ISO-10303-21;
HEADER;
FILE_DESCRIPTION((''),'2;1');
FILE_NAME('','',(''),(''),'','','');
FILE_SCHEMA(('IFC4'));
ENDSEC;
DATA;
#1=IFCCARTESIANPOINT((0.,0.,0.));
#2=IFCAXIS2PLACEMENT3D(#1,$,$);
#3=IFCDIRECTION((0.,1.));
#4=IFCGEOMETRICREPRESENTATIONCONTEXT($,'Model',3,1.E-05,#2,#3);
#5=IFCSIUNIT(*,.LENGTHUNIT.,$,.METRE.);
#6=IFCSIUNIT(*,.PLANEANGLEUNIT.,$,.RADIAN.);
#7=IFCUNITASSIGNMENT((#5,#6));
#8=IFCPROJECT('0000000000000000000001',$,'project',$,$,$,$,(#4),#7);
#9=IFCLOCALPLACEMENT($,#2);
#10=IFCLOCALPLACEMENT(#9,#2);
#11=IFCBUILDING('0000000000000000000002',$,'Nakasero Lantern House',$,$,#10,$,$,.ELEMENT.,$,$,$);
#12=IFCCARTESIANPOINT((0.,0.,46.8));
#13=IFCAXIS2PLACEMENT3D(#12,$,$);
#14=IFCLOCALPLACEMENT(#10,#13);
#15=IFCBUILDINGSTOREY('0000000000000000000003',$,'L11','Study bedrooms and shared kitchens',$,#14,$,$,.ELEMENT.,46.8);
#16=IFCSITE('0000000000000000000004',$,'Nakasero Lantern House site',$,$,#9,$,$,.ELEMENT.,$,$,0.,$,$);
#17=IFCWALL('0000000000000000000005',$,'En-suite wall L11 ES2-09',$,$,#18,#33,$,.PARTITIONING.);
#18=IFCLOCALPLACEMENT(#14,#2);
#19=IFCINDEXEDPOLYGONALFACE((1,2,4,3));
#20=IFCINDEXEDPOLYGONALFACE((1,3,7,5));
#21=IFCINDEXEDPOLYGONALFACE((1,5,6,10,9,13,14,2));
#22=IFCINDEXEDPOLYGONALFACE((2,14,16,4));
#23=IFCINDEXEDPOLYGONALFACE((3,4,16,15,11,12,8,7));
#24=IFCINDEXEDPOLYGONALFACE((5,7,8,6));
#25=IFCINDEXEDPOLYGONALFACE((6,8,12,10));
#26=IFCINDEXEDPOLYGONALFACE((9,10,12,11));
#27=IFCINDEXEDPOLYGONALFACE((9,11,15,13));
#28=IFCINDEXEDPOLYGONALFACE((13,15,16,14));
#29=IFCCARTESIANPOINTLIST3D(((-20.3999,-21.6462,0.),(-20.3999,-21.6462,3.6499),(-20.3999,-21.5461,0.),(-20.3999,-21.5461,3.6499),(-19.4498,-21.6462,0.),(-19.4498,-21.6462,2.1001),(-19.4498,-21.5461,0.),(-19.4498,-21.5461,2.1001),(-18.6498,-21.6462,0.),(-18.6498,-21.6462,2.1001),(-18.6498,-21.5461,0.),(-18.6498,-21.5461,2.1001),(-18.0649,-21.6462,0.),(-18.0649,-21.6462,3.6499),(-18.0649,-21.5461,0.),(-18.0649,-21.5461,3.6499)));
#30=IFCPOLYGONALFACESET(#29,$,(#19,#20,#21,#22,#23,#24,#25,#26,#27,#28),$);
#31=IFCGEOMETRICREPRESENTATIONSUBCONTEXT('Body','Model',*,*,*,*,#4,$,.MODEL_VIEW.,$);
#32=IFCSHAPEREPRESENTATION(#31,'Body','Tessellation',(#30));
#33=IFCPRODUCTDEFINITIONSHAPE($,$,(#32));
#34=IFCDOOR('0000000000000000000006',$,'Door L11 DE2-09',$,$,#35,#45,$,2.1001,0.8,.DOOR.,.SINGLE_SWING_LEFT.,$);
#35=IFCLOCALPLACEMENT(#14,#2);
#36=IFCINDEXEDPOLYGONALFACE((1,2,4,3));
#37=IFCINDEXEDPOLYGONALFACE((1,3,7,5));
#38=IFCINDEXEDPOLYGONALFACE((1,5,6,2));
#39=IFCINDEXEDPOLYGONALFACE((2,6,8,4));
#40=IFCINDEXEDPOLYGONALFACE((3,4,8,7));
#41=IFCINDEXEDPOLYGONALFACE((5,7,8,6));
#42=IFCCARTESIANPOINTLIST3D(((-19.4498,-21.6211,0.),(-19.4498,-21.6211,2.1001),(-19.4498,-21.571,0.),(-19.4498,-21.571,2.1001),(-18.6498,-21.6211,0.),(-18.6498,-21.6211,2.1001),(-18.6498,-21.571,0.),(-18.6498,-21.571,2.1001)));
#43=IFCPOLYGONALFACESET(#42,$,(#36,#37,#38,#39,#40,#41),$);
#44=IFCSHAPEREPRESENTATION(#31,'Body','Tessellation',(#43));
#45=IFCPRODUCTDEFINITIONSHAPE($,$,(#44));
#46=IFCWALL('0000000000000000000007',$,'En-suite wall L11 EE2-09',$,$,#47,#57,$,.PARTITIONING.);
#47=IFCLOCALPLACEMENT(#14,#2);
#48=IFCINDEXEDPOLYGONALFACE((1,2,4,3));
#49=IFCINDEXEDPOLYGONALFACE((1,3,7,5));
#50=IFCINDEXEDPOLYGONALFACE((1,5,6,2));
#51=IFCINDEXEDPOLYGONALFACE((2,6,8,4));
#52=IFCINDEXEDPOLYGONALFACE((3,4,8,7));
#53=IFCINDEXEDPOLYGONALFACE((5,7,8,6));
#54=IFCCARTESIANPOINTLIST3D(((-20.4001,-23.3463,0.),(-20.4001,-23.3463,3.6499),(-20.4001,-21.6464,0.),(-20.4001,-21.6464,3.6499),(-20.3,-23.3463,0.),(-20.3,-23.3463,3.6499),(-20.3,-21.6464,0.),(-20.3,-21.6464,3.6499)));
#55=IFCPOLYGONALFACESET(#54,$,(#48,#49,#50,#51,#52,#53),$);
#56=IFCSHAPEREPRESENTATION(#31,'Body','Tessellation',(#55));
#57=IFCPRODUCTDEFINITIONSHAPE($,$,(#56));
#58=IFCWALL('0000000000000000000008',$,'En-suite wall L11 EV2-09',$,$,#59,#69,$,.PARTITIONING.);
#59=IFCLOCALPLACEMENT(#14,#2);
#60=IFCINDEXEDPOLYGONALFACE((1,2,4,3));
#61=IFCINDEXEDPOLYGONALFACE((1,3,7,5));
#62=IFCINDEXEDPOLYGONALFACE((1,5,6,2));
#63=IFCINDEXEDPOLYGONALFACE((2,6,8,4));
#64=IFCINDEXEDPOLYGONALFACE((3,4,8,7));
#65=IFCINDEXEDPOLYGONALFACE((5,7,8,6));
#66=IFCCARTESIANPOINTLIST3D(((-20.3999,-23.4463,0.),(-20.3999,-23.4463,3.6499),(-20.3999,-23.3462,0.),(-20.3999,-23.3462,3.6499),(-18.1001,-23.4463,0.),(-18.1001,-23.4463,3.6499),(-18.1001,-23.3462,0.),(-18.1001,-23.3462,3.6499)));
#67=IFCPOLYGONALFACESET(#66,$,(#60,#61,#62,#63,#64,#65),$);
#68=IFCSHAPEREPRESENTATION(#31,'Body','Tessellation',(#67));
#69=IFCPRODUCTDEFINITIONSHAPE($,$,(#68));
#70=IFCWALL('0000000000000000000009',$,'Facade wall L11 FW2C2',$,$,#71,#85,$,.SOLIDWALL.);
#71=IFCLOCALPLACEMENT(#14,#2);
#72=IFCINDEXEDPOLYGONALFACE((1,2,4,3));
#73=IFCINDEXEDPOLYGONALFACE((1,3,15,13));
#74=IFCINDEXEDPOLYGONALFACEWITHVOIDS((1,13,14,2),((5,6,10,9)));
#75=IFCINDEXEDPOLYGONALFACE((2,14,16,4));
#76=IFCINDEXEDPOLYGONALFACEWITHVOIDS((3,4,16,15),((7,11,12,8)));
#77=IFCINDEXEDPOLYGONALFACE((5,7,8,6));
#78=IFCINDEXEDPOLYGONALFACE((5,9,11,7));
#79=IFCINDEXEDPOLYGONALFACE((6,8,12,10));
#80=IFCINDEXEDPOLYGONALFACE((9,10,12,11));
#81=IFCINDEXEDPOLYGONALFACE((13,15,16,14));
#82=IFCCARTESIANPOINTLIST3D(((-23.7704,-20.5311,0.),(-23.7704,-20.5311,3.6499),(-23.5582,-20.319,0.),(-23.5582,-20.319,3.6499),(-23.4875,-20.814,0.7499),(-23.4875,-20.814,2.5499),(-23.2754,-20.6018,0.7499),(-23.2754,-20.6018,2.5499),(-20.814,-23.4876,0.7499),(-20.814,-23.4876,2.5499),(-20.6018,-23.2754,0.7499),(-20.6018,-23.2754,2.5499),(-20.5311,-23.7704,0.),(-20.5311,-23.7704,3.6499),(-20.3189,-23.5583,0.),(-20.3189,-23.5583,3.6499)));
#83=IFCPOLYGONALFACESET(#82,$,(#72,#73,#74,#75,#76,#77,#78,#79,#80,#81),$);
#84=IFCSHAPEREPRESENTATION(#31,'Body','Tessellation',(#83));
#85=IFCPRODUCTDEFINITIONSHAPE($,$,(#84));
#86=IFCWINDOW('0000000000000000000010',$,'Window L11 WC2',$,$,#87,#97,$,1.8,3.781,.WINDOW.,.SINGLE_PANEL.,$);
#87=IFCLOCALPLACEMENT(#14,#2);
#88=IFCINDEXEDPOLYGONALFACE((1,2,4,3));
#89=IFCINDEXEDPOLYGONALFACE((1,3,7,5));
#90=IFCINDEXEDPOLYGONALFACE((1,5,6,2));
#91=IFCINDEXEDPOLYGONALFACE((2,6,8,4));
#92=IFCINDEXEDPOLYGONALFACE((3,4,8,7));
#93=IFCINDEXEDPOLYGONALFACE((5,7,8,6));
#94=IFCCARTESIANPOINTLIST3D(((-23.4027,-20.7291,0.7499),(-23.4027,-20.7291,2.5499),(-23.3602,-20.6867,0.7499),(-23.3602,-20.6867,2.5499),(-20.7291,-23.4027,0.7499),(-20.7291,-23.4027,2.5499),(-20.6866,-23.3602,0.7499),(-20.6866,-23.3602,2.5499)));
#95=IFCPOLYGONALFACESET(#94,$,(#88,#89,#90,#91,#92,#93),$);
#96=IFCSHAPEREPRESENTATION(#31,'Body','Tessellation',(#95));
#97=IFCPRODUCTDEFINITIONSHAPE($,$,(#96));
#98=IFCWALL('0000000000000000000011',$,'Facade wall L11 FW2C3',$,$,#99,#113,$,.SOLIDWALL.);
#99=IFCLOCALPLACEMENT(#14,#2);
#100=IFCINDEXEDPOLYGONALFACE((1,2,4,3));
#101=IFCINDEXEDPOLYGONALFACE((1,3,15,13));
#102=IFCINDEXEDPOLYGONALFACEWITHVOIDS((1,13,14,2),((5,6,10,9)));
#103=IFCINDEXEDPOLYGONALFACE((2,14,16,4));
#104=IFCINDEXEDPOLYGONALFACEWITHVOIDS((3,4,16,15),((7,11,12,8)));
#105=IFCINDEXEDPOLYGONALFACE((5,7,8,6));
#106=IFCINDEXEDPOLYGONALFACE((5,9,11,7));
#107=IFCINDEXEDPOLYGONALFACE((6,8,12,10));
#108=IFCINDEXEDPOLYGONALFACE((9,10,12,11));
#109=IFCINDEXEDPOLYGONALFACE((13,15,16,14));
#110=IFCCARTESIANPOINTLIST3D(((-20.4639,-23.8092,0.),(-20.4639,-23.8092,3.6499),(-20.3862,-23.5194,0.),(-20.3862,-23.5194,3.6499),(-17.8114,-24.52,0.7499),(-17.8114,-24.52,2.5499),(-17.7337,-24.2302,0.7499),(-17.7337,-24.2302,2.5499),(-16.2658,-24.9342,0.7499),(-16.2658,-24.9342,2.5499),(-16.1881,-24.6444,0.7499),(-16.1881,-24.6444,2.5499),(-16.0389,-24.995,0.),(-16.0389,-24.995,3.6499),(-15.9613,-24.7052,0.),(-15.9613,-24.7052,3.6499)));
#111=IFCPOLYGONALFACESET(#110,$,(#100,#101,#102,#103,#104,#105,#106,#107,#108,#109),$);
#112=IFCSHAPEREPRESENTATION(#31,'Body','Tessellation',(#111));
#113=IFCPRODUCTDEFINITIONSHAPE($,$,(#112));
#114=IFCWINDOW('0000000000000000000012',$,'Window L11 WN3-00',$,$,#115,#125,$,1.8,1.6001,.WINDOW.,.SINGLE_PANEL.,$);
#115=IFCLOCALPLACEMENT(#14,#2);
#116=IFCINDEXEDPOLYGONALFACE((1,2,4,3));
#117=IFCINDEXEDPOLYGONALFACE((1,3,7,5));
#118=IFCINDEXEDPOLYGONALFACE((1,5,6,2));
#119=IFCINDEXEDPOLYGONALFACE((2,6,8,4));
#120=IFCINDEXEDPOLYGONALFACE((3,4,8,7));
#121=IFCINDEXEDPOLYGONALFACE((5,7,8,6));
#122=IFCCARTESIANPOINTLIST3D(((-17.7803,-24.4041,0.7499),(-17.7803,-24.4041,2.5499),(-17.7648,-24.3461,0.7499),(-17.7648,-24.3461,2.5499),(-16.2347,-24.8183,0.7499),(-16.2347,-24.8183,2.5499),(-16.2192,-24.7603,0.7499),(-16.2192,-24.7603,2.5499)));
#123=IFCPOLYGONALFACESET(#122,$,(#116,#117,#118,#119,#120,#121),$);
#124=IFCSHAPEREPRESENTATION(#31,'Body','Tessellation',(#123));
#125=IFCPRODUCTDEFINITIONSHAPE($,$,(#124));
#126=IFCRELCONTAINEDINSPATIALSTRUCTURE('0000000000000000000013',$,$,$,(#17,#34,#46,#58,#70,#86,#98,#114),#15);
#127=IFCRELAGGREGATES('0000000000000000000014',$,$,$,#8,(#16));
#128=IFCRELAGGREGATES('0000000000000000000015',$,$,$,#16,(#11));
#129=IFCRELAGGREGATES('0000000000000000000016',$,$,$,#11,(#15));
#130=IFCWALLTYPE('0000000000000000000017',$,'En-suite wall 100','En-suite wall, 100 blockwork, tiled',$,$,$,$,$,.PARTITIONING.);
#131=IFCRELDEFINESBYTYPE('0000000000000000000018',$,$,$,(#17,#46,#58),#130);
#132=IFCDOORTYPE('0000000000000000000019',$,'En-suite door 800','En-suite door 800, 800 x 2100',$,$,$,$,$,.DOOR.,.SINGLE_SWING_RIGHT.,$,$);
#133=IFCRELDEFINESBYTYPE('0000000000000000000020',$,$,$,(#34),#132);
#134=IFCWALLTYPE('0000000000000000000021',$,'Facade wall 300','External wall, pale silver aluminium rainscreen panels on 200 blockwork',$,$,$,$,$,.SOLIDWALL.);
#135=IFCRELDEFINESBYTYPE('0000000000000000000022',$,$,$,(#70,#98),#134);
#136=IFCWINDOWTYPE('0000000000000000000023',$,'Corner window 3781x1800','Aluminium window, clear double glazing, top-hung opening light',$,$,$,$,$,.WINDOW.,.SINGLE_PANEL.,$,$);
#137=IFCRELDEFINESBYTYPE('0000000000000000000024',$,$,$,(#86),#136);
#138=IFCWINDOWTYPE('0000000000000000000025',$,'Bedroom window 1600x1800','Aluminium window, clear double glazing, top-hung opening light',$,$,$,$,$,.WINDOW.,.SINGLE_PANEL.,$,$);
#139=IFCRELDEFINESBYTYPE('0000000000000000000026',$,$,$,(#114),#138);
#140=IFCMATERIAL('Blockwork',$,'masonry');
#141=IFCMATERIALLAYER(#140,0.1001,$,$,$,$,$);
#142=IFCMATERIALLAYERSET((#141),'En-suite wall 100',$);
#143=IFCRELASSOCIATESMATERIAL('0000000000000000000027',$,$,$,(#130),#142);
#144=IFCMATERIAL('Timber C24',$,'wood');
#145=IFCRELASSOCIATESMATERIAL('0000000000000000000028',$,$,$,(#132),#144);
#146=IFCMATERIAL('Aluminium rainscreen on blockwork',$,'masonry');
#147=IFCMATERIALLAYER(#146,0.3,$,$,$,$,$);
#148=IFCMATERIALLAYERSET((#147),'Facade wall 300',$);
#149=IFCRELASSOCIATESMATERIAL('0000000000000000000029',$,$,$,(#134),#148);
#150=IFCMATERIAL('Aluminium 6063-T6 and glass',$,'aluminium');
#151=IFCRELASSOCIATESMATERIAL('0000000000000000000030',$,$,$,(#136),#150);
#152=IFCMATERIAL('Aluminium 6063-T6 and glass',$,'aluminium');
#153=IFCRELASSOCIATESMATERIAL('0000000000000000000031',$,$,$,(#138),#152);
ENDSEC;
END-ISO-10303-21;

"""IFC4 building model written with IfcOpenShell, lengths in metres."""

from ifc_helpers import new_model, si_unit, direction, frame, frame_2d, origin, place, context, subcontext, project, spatial, rectangle, extrude, material, layer, layer_set, type_object, element, fill, save


model = new_model("IFC4")

# Units and contexts
model_context = context("Model", 3, precision=1e-05, world=origin(), true_north=direction((0.0, 1.0)))
body_context = subcontext(model_context, "Body", "Model", "MODEL_VIEW")
ifc_project = project(units=[si_unit("LENGTHUNIT", "METRE"), si_unit("PLANEANGLEUNIT", "RADIAN")], contexts=[model_context])

# Site, building, storey
site_placement = place(None, origin())
site = spatial("IfcSite", under=ifc_project, at=site_placement, Name="Nakasero Lantern House site", CompositionType="ELEMENT", RefElevation=0.0)
building_placement = place(site_placement, origin())
building = spatial("IfcBuilding", under=site, at=building_placement, Name="Nakasero Lantern House", CompositionType="ELEMENT")
storey_placement = place(building_placement, frame((0.0, 0.0, 46.8)))
storey = spatial("IfcBuildingStorey", under=building, at=storey_placement, Name="L11", Description="Study bedrooms and shared kitchens", CompositionType="ELEMENT", Elevation=46.8)

# Wall, opening, door
ifc_material_1 = material(Name="Blockwork", Category="masonry")
ifc_layer_1 = layer(ifc_material_1, 0.1001)
ifc_layer_set_1 = layer_set([ifc_layer_1], Name="En-suite wall 100")
wall_type_1 = type_object("IfcWallType", Name="En-suite wall 100", Description="En-suite wall, 100 blockwork, tiled", PredefinedType="PARTITIONING", material=ifc_layer_set_1)
wall_1_placement = place(storey_placement, frame((-18.0649, -21.5962, 0.0), z_axis=(0.0, 0.0, 1.0), x_axis=(-1.0, 0.0, 0.0)))
wall_1 = element("IfcWall", 1, at=wall_1_placement, inside=storey, type_object=wall_type_1, Name="En-suite wall L11 ES2-09", PredefinedType="PARTITIONING", context=body_context, shape_type="SweptSolid", body=[
    extrude(rectangle(XDim=2.335, YDim=0.1001, at=frame_2d((1.1675, 0.0))), origin(), (0.0, 0.0, 1.0), 3.6499),
])
opening_1_placement = place(wall_1_placement, frame((0.585, 0.0, 0.0)))
opening_1 = element("IfcOpeningElement", 2, at=opening_1_placement, cuts=wall_1, PredefinedType="OPENING", context=body_context, shape_type="SweptSolid", body=[
    extrude(rectangle(XDim=0.8, YDim=2.1001, at=frame_2d((0.3999, 1.05))), frame((0.0, 0.0701, 0.0), z_axis=(0.0, -1.0, 0.0), x_axis=(1.0, 0.0, 0.0)), (0.0, 0.0, 1.0), 0.1401),
])
ifc_material_2 = material(Name="Timber C24", Category="wood")
door_type_1 = type_object("IfcDoorType", Name="En-suite door 800", Description="En-suite door 800, 800 x 2100", OperationType="SINGLE_SWING_RIGHT", PredefinedType="DOOR", material=ifc_material_2)
door_1_placement = place(opening_1_placement, origin())
door_1 = element("IfcDoor", 3, at=door_1_placement, inside=storey, type_object=door_type_1, Name="Door L11 DE2-09", OperationType="SINGLE_SWING_LEFT", OverallHeight=2.1001, OverallWidth=0.8, PredefinedType="DOOR", context=body_context, shape_type="SweptSolid", body=[
    extrude(rectangle(XDim=0.8, YDim=2.1001, at=frame_2d((0.3999, 1.05))), frame((0.0, 0.0249, 0.0), z_axis=(0.0, -1.0, 0.0), x_axis=(1.0, 0.0, 0.0)), (0.0, 0.0, 1.0), 0.05),
])
fill(opening_1, door_1)

# Walls
wall_2_placement = place(storey_placement, frame((-20.3501, -21.6462, 0.0), z_axis=(0.0, 0.0, 1.0), x_axis=(0.0, -1.0, 0.0)))
element("IfcWall", 4, at=wall_2_placement, inside=storey, type_object=wall_type_1, Name="En-suite wall L11 EE2-09", PredefinedType="PARTITIONING", context=body_context, shape_type="SweptSolid", body=[
    extrude(rectangle(XDim=1.7, YDim=0.1001, at=frame_2d((0.8501, 0.0))), origin(), (0.0, 0.0, 1.0), 3.6499),
])
wall_3_placement = place(storey_placement, frame((-18.1001, -23.3962, 0.0), z_axis=(0.0, 0.0, 1.0), x_axis=(-1.0, 0.0, 0.0)))
element("IfcWall", 5, at=wall_3_placement, inside=storey, type_object=wall_type_1, Name="En-suite wall L11 EV2-09", PredefinedType="PARTITIONING", context=body_context, shape_type="SweptSolid", body=[
    extrude(rectangle(XDim=2.2998, YDim=0.1001, at=frame_2d((1.1499, 0.0))), origin(), (0.0, 0.0, 1.0), 3.6499),
])

# Walls, openings, windows
ifc_material_3 = material(Name="Aluminium rainscreen on blockwork", Category="masonry")
ifc_layer_2 = layer(ifc_material_3, 0.3)
ifc_layer_set_2 = layer_set([ifc_layer_2], Name="Facade wall 300")
wall_type_2 = type_object("IfcWallType", Name="Facade wall 300", Description="External wall, pale silver aluminium rainscreen panels on 200 blockwork", PredefinedType="SOLIDWALL", material=ifc_layer_set_2)
wall_4_placement = place(storey_placement, frame((-23.6643, -20.425, 0.0), z_axis=(0.0, 0.0, 1.0), x_axis=(0.707107, -0.707107, 0.0)))
wall_4 = element("IfcWall", 6, at=wall_4_placement, inside=storey, type_object=wall_type_2, Name="Facade wall L11 FW2C2", PredefinedType="SOLIDWALL", context=body_context, shape_type="SweptSolid", body=[
    extrude(rectangle(XDim=4.5811, YDim=0.3, at=frame_2d((2.2905, 0.0))), origin(), (0.0, 0.0, 1.0), 3.6499),
])
opening_2_placement = place(wall_4_placement, frame((0.3999, 0.0, 0.75)))
opening_2 = element("IfcOpeningElement", 7, at=opening_2_placement, cuts=wall_4, PredefinedType="OPENING", context=body_context, shape_type="SweptSolid", body=[
    extrude(rectangle(XDim=3.781, YDim=1.8, at=frame_2d((1.8906, 0.8999))), frame((0.0, 0.1699, 0.0), z_axis=(0.0, -1.0, 0.0), x_axis=(1.0, 0.0, 0.0)), (0.0, 0.0, 1.0), 0.3401),
])
ifc_material_4 = material(Name="Aluminium 6063-T6 and glass", Category="aluminium")
window_type_1 = type_object("IfcWindowType", Name="Corner window 3781x1800", Description="Aluminium window, clear double glazing, top-hung opening light", PartitioningType="SINGLE_PANEL", PredefinedType="WINDOW", material=ifc_material_4)
window_1_placement = place(opening_2_placement, origin())
window_1 = element("IfcWindow", 8, at=window_1_placement, inside=storey, type_object=window_type_1, Name="Window L11 WC2", OverallHeight=1.8, OverallWidth=3.781, PartitioningType="SINGLE_PANEL", PredefinedType="WINDOW", context=body_context, shape_type="SweptSolid", body=[
    extrude(rectangle(XDim=3.781, YDim=1.8, at=frame_2d((1.8906, 0.8999))), frame((0.0, 0.03, 0.0), z_axis=(0.0, -1.0, 0.0), x_axis=(1.0, 0.0, 0.0)), (0.0, 0.0, 1.0), 0.0601),
])
fill(opening_2, window_1)
wall_5_placement = place(storey_placement, frame((-20.425, -23.6643, 0.0), z_axis=(0.0, 0.0, 1.0), x_axis=(0.96592, -0.25884, 0.0)))
wall_5 = element("IfcWall", 9, at=wall_5_placement, inside=storey, type_object=wall_type_2, Name="Facade wall L11 FW2C3", PredefinedType="SOLIDWALL", context=body_context, shape_type="SweptSolid", body=[
    extrude(rectangle(XDim=4.5811, YDim=0.3, at=frame_2d((2.2905, 0.0))), origin(), (0.0, 0.0, 1.0), 3.6499),
])
opening_3_placement = place(wall_5_placement, frame((2.7461, 0.0, 0.75)))
opening_3 = element("IfcOpeningElement", 10, at=opening_3_placement, cuts=wall_5, PredefinedType="OPENING", context=body_context, shape_type="SweptSolid", body=[
    extrude(rectangle(XDim=1.6001, YDim=1.8, at=frame_2d((0.8, 0.8999))), frame((0.0, 0.1699, 0.0), z_axis=(0.0, -1.0, 0.0), x_axis=(1.0, 0.0, 0.0)), (0.0, 0.0, 1.0), 0.3401),
])
ifc_material_5 = material(Name="Aluminium 6063-T6 and glass", Category="aluminium")
window_type_2 = type_object("IfcWindowType", Name="Bedroom window 1600x1800", Description="Aluminium window, clear double glazing, top-hung opening light", PartitioningType="SINGLE_PANEL", PredefinedType="WINDOW", material=ifc_material_5)
window_2_placement = place(opening_3_placement, origin())
window_2 = element("IfcWindow", 11, at=window_2_placement, inside=storey, type_object=window_type_2, Name="Window L11 WN3-00", OverallHeight=1.8, OverallWidth=1.6001, PartitioningType="SINGLE_PANEL", PredefinedType="WINDOW", context=body_context, shape_type="SweptSolid", body=[
    extrude(rectangle(XDim=1.6001, YDim=1.8, at=frame_2d((0.8, 0.8999))), frame((0.0, 0.03, 0.0), z_axis=(0.0, -1.0, 0.0), x_axis=(1.0, 0.0, 0.0)), (0.0, 0.0, 1.0), 0.0601),
])
fill(opening_3, window_2)

save(model, "model.ifc")
